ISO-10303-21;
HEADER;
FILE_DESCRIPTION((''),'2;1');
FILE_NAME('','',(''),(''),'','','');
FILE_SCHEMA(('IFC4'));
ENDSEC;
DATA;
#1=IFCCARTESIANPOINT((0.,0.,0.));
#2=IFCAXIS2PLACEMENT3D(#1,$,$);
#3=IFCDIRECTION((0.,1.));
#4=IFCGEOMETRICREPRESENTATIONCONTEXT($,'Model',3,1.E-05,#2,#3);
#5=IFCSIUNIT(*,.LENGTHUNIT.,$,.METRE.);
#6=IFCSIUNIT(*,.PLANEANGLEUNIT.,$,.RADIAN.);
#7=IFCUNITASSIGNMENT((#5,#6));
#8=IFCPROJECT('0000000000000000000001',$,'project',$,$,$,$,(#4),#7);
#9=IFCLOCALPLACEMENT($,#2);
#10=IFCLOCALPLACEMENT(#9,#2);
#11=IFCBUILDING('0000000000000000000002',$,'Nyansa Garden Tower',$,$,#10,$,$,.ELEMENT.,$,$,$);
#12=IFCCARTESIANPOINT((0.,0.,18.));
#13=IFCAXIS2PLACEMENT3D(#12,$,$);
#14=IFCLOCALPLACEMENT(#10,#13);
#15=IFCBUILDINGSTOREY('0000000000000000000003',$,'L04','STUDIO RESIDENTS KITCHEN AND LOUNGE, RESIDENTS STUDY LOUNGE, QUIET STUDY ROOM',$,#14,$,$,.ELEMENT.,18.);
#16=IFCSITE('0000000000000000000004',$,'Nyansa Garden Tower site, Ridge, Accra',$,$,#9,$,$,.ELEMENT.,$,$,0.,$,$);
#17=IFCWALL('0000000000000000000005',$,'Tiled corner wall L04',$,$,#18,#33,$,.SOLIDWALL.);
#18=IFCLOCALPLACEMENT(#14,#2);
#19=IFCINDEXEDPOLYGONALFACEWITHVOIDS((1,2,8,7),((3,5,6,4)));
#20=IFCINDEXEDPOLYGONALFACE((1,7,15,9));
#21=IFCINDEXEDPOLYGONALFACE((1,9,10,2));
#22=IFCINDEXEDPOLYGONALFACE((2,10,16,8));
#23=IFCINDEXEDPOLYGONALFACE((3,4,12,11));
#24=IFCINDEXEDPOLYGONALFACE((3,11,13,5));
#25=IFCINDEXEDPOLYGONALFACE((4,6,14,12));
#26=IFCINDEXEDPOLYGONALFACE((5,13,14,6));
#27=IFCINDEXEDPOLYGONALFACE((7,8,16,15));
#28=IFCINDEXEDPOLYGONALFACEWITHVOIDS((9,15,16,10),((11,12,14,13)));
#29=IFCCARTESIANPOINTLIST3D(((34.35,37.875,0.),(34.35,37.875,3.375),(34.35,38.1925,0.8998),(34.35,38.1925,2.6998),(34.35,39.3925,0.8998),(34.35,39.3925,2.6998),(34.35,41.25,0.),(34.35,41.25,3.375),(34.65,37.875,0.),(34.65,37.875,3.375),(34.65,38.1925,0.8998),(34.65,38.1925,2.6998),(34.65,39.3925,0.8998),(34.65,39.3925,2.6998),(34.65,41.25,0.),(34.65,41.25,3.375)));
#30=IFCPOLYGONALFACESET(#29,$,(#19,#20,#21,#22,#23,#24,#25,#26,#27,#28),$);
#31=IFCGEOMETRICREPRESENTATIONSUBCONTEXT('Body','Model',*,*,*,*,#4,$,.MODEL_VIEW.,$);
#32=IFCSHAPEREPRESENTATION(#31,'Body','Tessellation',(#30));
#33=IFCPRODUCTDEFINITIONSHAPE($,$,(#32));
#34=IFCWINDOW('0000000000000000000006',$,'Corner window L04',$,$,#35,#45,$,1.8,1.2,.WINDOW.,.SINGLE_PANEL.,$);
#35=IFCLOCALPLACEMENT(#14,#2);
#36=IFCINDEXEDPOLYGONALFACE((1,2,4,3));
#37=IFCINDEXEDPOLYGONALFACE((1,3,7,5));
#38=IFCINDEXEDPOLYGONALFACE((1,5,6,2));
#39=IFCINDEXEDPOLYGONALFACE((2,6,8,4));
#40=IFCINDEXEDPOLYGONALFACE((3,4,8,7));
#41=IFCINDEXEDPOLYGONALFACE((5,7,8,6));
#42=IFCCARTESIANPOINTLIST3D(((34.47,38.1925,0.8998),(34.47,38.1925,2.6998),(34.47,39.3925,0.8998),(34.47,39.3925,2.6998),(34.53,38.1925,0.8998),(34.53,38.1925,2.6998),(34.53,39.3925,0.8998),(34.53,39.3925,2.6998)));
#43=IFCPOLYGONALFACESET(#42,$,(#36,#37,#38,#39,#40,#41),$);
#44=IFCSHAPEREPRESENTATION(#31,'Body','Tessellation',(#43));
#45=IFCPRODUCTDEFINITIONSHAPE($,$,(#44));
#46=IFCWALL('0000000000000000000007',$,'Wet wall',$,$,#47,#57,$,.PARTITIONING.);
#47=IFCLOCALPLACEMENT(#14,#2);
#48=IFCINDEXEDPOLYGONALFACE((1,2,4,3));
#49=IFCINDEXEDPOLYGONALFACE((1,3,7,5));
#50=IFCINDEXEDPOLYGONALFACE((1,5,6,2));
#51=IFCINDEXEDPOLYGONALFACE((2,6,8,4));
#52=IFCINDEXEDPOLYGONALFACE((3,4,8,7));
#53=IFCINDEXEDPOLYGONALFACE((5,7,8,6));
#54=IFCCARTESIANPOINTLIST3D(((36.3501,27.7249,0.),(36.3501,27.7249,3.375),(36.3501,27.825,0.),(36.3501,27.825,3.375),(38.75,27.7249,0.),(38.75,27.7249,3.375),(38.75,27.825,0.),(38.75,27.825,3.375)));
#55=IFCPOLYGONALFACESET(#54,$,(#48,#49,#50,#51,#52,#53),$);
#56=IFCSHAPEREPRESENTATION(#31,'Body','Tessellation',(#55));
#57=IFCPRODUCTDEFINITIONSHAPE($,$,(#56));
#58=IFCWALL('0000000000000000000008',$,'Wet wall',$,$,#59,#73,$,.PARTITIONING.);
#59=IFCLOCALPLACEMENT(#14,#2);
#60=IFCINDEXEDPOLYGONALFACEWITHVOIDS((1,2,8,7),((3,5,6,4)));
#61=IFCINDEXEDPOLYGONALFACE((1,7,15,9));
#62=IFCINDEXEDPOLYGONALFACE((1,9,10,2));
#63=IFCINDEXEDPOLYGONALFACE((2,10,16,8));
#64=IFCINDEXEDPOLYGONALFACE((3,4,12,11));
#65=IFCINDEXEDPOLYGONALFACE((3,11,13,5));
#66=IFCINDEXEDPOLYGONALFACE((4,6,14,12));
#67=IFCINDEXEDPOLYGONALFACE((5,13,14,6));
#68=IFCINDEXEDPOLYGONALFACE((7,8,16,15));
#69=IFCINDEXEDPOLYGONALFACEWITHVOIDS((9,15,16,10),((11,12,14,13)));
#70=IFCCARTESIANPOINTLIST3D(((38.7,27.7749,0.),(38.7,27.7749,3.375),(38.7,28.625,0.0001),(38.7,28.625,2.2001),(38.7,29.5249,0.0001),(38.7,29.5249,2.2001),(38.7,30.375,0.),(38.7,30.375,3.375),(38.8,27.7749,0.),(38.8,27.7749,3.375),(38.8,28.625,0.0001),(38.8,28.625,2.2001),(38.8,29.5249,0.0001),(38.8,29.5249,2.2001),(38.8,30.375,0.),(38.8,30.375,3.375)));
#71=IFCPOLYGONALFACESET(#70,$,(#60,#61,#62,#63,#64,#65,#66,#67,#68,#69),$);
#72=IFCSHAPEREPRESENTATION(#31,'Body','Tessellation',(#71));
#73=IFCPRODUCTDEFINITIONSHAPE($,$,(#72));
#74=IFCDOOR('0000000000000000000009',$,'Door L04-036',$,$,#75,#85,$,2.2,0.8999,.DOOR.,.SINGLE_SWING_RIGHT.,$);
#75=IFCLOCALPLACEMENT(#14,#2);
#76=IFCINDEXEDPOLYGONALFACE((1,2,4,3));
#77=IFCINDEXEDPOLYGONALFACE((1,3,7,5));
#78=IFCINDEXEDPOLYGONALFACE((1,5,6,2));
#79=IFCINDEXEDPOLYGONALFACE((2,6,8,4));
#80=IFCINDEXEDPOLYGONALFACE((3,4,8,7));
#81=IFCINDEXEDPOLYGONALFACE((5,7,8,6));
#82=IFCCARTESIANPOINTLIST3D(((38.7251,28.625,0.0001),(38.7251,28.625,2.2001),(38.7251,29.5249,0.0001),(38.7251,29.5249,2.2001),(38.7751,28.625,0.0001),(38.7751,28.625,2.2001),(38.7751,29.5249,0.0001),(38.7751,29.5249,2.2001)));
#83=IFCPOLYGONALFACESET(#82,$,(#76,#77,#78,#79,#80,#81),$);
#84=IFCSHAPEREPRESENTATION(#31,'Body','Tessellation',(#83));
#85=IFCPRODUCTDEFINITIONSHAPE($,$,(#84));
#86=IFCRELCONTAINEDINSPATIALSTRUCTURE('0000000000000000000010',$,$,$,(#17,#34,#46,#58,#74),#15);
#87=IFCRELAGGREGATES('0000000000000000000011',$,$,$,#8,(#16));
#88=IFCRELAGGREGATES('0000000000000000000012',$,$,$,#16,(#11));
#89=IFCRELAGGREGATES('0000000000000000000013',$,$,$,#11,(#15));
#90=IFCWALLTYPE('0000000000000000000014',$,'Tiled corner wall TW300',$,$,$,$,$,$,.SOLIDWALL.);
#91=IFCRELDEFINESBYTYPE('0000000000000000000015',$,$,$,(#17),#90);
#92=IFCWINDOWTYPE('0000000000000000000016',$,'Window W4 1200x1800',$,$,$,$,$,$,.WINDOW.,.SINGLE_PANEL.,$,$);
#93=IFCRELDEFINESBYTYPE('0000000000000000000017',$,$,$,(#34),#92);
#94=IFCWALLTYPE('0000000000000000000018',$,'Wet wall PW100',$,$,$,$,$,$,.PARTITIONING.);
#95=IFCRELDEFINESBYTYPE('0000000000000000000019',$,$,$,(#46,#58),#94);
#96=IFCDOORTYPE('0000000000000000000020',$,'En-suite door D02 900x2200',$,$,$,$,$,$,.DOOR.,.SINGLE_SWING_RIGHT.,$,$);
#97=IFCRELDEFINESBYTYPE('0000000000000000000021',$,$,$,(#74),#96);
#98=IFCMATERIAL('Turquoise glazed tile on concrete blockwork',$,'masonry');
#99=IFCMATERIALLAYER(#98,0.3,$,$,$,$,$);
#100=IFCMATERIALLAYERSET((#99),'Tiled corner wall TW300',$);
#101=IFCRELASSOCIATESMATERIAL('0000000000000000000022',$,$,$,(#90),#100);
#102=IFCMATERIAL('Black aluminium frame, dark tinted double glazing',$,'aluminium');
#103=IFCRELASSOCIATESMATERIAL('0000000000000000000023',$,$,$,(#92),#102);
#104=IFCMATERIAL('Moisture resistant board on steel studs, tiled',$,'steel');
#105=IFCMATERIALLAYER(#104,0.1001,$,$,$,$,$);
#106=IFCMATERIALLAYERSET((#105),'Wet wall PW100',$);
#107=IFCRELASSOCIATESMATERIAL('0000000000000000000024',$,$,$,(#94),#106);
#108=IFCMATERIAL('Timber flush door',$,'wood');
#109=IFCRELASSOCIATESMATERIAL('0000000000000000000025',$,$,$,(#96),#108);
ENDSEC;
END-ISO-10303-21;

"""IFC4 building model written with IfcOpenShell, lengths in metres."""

from ifc_helpers import new_model, si_unit, direction, frame, frame_2d, origin, place, context, subcontext, project, spatial, rectangle, extrude, material, layer, layer_set, type_object, element, fill, save


model = new_model("IFC4")

# Units and contexts
model_context = context("Model", 3, precision=1e-05, world=origin(), true_north=direction((0.0, 1.0)))
body_context = subcontext(model_context, "Body", "Model", "MODEL_VIEW")
ifc_project = project(units=[si_unit("LENGTHUNIT", "METRE"), si_unit("PLANEANGLEUNIT", "RADIAN")], contexts=[model_context])

# Site, building, storey
site_placement = place(None, origin())
site = spatial("IfcSite", under=ifc_project, at=site_placement, Name="Nyansa Garden Tower site, Ridge, Accra", CompositionType="ELEMENT", RefElevation=0.0)
building_placement = place(site_placement, origin())
building = spatial("IfcBuilding", under=site, at=building_placement, Name="Nyansa Garden Tower", CompositionType="ELEMENT")
storey_placement = place(building_placement, frame((0.0, 0.0, 18.0)))
storey = spatial("IfcBuildingStorey", under=building, at=storey_placement, Name="L04", Description="STUDIO RESIDENTS KITCHEN AND LOUNGE, RESIDENTS STUDY LOUNGE, QUIET STUDY ROOM", CompositionType="ELEMENT", Elevation=18.0)

# Wall, opening, window
ifc_material_1 = material(Name="Turquoise glazed tile on concrete blockwork", Category="masonry")
ifc_layer_1 = layer(ifc_material_1, 0.3)
ifc_layer_set_1 = layer_set([ifc_layer_1], Name="Tiled corner wall TW300")
wall_type_1 = type_object("IfcWallType", Name="Tiled corner wall TW300", PredefinedType="SOLIDWALL", material=ifc_layer_set_1)
ifc_material_2 = material(Name="Black aluminium frame, dark tinted double glazing", Category="aluminium")
window_type_1 = type_object("IfcWindowType", Name="Window W4 1200x1800", PartitioningType="SINGLE_PANEL", PredefinedType="WINDOW", material=ifc_material_2)
wall_1_placement = place(storey_placement, frame((34.5, 37.875, 0.0), z_axis=(0.0, 0.0, 1.0), x_axis=(0.0, 1.0, 0.0)))
wall_1 = element("IfcWall", 1, at=wall_1_placement, inside=storey, type_object=wall_type_1, Name="Tiled corner wall L04", PredefinedType="SOLIDWALL", context=body_context, shape_type="SweptSolid", body=[
    extrude(rectangle(XDim=3.375, YDim=0.3, at=frame_2d((1.6875, 0.0))), origin(), (0.0, 0.0, 1.0), 3.375),
])
opening_1_placement = place(wall_1_placement, frame((0.3174, 0.0, 0.8999)))
opening_1 = element("IfcOpeningElement", 2, at=opening_1_placement, cuts=wall_1, PredefinedType="OPENING", context=body_context, shape_type="SweptSolid", body=[
    extrude(rectangle(XDim=1.2, YDim=1.8, at=frame_2d((0.6001, 0.8999))), frame((0.0, 0.1599, 0.0), z_axis=(0.0, -1.0, 0.0), x_axis=(1.0, 0.0, 0.0)), (0.0, 0.0, 1.0), 0.3201),
])
window_1_placement = place(opening_1_placement, origin())
window_1 = element("IfcWindow", 3, at=window_1_placement, inside=storey, type_object=window_type_1, Name="Corner window L04", OverallHeight=1.8, OverallWidth=1.2, PartitioningType="SINGLE_PANEL", PredefinedType="WINDOW", context=body_context, shape_type="SweptSolid", body=[
    extrude(rectangle(XDim=1.2, YDim=1.8, at=frame_2d((0.6001, 0.8999))), frame((0.0, 0.03, 0.0), z_axis=(0.0, -1.0, 0.0), x_axis=(1.0, 0.0, 0.0)), (0.0, 0.0, 1.0), 0.0601),
])
fill(opening_1, window_1)

# Wall
ifc_material_3 = material(Name="Moisture resistant board on steel studs, tiled", Category="steel")
ifc_layer_2 = layer(ifc_material_3, 0.1001)
ifc_layer_set_2 = layer_set([ifc_layer_2], Name="Wet wall PW100")
wall_type_2 = type_object("IfcWallType", Name="Wet wall PW100", PredefinedType="PARTITIONING", material=ifc_layer_set_2)
wall_2_placement = place(storey_placement, frame((36.3501, 27.7749, 0.0), z_axis=(0.0, 0.0, 1.0), x_axis=(1.0, 0.0, 0.0)))
element("IfcWall", 4, at=wall_2_placement, inside=storey, type_object=wall_type_2, Name="Wet wall", PredefinedType="PARTITIONING", context=body_context, shape_type="SweptSolid", body=[
    extrude(rectangle(XDim=2.3999, YDim=0.1001, at=frame_2d((1.2, 0.0))), origin(), (0.0, 0.0, 1.0), 3.375),
])

# Wall, opening, door
wall_3_placement = place(storey_placement, frame((38.75, 27.7749, 0.0), z_axis=(0.0, 0.0, 1.0), x_axis=(0.0, 1.0, 0.0)))
wall_3 = element("IfcWall", 5, at=wall_3_placement, inside=storey, type_object=wall_type_2, Name="Wet wall", PredefinedType="PARTITIONING", context=body_context, shape_type="SweptSolid", body=[
    extrude(rectangle(XDim=2.6001, YDim=0.1001, at=frame_2d((1.3, 0.0))), origin(), (0.0, 0.0, 1.0), 3.375),
])
opening_2_placement = place(wall_3_placement, frame((0.8501, 0.0, 0.0)))
opening_2 = element("IfcOpeningElement", 6, at=opening_2_placement, cuts=wall_3, PredefinedType="OPENING", context=body_context, shape_type="SweptSolid", body=[
    extrude(rectangle(XDim=0.8999, YDim=2.2, at=frame_2d((0.45, 1.1001))), frame((0.0, 0.0601, 0.0), z_axis=(0.0, -1.0, 0.0), x_axis=(1.0, 0.0, 0.0)), (0.0, 0.0, 1.0), 0.1201),
])
ifc_material_4 = material(Name="Timber flush door", Category="wood")
door_type = type_object("IfcDoorType", Name="En-suite door D02 900x2200", OperationType="SINGLE_SWING_RIGHT", PredefinedType="DOOR", material=ifc_material_4)
door_placement = place(opening_2_placement, origin())
door = element("IfcDoor", 7, at=door_placement, inside=storey, type_object=door_type, Name="Door L04-036", OperationType="SINGLE_SWING_RIGHT", OverallHeight=2.2, OverallWidth=0.8999, PredefinedType="DOOR", context=body_context, shape_type="SweptSolid", body=[
    extrude(rectangle(XDim=0.8999, YDim=2.2, at=frame_2d((0.45, 1.1001))), frame((0.0, 0.0249, 0.0), z_axis=(0.0, -1.0, 0.0), x_axis=(1.0, 0.0, 0.0)), (0.0, 0.0, 1.0), 0.05),
])
fill(opening_2, door)

save(model, "model.ifc")
